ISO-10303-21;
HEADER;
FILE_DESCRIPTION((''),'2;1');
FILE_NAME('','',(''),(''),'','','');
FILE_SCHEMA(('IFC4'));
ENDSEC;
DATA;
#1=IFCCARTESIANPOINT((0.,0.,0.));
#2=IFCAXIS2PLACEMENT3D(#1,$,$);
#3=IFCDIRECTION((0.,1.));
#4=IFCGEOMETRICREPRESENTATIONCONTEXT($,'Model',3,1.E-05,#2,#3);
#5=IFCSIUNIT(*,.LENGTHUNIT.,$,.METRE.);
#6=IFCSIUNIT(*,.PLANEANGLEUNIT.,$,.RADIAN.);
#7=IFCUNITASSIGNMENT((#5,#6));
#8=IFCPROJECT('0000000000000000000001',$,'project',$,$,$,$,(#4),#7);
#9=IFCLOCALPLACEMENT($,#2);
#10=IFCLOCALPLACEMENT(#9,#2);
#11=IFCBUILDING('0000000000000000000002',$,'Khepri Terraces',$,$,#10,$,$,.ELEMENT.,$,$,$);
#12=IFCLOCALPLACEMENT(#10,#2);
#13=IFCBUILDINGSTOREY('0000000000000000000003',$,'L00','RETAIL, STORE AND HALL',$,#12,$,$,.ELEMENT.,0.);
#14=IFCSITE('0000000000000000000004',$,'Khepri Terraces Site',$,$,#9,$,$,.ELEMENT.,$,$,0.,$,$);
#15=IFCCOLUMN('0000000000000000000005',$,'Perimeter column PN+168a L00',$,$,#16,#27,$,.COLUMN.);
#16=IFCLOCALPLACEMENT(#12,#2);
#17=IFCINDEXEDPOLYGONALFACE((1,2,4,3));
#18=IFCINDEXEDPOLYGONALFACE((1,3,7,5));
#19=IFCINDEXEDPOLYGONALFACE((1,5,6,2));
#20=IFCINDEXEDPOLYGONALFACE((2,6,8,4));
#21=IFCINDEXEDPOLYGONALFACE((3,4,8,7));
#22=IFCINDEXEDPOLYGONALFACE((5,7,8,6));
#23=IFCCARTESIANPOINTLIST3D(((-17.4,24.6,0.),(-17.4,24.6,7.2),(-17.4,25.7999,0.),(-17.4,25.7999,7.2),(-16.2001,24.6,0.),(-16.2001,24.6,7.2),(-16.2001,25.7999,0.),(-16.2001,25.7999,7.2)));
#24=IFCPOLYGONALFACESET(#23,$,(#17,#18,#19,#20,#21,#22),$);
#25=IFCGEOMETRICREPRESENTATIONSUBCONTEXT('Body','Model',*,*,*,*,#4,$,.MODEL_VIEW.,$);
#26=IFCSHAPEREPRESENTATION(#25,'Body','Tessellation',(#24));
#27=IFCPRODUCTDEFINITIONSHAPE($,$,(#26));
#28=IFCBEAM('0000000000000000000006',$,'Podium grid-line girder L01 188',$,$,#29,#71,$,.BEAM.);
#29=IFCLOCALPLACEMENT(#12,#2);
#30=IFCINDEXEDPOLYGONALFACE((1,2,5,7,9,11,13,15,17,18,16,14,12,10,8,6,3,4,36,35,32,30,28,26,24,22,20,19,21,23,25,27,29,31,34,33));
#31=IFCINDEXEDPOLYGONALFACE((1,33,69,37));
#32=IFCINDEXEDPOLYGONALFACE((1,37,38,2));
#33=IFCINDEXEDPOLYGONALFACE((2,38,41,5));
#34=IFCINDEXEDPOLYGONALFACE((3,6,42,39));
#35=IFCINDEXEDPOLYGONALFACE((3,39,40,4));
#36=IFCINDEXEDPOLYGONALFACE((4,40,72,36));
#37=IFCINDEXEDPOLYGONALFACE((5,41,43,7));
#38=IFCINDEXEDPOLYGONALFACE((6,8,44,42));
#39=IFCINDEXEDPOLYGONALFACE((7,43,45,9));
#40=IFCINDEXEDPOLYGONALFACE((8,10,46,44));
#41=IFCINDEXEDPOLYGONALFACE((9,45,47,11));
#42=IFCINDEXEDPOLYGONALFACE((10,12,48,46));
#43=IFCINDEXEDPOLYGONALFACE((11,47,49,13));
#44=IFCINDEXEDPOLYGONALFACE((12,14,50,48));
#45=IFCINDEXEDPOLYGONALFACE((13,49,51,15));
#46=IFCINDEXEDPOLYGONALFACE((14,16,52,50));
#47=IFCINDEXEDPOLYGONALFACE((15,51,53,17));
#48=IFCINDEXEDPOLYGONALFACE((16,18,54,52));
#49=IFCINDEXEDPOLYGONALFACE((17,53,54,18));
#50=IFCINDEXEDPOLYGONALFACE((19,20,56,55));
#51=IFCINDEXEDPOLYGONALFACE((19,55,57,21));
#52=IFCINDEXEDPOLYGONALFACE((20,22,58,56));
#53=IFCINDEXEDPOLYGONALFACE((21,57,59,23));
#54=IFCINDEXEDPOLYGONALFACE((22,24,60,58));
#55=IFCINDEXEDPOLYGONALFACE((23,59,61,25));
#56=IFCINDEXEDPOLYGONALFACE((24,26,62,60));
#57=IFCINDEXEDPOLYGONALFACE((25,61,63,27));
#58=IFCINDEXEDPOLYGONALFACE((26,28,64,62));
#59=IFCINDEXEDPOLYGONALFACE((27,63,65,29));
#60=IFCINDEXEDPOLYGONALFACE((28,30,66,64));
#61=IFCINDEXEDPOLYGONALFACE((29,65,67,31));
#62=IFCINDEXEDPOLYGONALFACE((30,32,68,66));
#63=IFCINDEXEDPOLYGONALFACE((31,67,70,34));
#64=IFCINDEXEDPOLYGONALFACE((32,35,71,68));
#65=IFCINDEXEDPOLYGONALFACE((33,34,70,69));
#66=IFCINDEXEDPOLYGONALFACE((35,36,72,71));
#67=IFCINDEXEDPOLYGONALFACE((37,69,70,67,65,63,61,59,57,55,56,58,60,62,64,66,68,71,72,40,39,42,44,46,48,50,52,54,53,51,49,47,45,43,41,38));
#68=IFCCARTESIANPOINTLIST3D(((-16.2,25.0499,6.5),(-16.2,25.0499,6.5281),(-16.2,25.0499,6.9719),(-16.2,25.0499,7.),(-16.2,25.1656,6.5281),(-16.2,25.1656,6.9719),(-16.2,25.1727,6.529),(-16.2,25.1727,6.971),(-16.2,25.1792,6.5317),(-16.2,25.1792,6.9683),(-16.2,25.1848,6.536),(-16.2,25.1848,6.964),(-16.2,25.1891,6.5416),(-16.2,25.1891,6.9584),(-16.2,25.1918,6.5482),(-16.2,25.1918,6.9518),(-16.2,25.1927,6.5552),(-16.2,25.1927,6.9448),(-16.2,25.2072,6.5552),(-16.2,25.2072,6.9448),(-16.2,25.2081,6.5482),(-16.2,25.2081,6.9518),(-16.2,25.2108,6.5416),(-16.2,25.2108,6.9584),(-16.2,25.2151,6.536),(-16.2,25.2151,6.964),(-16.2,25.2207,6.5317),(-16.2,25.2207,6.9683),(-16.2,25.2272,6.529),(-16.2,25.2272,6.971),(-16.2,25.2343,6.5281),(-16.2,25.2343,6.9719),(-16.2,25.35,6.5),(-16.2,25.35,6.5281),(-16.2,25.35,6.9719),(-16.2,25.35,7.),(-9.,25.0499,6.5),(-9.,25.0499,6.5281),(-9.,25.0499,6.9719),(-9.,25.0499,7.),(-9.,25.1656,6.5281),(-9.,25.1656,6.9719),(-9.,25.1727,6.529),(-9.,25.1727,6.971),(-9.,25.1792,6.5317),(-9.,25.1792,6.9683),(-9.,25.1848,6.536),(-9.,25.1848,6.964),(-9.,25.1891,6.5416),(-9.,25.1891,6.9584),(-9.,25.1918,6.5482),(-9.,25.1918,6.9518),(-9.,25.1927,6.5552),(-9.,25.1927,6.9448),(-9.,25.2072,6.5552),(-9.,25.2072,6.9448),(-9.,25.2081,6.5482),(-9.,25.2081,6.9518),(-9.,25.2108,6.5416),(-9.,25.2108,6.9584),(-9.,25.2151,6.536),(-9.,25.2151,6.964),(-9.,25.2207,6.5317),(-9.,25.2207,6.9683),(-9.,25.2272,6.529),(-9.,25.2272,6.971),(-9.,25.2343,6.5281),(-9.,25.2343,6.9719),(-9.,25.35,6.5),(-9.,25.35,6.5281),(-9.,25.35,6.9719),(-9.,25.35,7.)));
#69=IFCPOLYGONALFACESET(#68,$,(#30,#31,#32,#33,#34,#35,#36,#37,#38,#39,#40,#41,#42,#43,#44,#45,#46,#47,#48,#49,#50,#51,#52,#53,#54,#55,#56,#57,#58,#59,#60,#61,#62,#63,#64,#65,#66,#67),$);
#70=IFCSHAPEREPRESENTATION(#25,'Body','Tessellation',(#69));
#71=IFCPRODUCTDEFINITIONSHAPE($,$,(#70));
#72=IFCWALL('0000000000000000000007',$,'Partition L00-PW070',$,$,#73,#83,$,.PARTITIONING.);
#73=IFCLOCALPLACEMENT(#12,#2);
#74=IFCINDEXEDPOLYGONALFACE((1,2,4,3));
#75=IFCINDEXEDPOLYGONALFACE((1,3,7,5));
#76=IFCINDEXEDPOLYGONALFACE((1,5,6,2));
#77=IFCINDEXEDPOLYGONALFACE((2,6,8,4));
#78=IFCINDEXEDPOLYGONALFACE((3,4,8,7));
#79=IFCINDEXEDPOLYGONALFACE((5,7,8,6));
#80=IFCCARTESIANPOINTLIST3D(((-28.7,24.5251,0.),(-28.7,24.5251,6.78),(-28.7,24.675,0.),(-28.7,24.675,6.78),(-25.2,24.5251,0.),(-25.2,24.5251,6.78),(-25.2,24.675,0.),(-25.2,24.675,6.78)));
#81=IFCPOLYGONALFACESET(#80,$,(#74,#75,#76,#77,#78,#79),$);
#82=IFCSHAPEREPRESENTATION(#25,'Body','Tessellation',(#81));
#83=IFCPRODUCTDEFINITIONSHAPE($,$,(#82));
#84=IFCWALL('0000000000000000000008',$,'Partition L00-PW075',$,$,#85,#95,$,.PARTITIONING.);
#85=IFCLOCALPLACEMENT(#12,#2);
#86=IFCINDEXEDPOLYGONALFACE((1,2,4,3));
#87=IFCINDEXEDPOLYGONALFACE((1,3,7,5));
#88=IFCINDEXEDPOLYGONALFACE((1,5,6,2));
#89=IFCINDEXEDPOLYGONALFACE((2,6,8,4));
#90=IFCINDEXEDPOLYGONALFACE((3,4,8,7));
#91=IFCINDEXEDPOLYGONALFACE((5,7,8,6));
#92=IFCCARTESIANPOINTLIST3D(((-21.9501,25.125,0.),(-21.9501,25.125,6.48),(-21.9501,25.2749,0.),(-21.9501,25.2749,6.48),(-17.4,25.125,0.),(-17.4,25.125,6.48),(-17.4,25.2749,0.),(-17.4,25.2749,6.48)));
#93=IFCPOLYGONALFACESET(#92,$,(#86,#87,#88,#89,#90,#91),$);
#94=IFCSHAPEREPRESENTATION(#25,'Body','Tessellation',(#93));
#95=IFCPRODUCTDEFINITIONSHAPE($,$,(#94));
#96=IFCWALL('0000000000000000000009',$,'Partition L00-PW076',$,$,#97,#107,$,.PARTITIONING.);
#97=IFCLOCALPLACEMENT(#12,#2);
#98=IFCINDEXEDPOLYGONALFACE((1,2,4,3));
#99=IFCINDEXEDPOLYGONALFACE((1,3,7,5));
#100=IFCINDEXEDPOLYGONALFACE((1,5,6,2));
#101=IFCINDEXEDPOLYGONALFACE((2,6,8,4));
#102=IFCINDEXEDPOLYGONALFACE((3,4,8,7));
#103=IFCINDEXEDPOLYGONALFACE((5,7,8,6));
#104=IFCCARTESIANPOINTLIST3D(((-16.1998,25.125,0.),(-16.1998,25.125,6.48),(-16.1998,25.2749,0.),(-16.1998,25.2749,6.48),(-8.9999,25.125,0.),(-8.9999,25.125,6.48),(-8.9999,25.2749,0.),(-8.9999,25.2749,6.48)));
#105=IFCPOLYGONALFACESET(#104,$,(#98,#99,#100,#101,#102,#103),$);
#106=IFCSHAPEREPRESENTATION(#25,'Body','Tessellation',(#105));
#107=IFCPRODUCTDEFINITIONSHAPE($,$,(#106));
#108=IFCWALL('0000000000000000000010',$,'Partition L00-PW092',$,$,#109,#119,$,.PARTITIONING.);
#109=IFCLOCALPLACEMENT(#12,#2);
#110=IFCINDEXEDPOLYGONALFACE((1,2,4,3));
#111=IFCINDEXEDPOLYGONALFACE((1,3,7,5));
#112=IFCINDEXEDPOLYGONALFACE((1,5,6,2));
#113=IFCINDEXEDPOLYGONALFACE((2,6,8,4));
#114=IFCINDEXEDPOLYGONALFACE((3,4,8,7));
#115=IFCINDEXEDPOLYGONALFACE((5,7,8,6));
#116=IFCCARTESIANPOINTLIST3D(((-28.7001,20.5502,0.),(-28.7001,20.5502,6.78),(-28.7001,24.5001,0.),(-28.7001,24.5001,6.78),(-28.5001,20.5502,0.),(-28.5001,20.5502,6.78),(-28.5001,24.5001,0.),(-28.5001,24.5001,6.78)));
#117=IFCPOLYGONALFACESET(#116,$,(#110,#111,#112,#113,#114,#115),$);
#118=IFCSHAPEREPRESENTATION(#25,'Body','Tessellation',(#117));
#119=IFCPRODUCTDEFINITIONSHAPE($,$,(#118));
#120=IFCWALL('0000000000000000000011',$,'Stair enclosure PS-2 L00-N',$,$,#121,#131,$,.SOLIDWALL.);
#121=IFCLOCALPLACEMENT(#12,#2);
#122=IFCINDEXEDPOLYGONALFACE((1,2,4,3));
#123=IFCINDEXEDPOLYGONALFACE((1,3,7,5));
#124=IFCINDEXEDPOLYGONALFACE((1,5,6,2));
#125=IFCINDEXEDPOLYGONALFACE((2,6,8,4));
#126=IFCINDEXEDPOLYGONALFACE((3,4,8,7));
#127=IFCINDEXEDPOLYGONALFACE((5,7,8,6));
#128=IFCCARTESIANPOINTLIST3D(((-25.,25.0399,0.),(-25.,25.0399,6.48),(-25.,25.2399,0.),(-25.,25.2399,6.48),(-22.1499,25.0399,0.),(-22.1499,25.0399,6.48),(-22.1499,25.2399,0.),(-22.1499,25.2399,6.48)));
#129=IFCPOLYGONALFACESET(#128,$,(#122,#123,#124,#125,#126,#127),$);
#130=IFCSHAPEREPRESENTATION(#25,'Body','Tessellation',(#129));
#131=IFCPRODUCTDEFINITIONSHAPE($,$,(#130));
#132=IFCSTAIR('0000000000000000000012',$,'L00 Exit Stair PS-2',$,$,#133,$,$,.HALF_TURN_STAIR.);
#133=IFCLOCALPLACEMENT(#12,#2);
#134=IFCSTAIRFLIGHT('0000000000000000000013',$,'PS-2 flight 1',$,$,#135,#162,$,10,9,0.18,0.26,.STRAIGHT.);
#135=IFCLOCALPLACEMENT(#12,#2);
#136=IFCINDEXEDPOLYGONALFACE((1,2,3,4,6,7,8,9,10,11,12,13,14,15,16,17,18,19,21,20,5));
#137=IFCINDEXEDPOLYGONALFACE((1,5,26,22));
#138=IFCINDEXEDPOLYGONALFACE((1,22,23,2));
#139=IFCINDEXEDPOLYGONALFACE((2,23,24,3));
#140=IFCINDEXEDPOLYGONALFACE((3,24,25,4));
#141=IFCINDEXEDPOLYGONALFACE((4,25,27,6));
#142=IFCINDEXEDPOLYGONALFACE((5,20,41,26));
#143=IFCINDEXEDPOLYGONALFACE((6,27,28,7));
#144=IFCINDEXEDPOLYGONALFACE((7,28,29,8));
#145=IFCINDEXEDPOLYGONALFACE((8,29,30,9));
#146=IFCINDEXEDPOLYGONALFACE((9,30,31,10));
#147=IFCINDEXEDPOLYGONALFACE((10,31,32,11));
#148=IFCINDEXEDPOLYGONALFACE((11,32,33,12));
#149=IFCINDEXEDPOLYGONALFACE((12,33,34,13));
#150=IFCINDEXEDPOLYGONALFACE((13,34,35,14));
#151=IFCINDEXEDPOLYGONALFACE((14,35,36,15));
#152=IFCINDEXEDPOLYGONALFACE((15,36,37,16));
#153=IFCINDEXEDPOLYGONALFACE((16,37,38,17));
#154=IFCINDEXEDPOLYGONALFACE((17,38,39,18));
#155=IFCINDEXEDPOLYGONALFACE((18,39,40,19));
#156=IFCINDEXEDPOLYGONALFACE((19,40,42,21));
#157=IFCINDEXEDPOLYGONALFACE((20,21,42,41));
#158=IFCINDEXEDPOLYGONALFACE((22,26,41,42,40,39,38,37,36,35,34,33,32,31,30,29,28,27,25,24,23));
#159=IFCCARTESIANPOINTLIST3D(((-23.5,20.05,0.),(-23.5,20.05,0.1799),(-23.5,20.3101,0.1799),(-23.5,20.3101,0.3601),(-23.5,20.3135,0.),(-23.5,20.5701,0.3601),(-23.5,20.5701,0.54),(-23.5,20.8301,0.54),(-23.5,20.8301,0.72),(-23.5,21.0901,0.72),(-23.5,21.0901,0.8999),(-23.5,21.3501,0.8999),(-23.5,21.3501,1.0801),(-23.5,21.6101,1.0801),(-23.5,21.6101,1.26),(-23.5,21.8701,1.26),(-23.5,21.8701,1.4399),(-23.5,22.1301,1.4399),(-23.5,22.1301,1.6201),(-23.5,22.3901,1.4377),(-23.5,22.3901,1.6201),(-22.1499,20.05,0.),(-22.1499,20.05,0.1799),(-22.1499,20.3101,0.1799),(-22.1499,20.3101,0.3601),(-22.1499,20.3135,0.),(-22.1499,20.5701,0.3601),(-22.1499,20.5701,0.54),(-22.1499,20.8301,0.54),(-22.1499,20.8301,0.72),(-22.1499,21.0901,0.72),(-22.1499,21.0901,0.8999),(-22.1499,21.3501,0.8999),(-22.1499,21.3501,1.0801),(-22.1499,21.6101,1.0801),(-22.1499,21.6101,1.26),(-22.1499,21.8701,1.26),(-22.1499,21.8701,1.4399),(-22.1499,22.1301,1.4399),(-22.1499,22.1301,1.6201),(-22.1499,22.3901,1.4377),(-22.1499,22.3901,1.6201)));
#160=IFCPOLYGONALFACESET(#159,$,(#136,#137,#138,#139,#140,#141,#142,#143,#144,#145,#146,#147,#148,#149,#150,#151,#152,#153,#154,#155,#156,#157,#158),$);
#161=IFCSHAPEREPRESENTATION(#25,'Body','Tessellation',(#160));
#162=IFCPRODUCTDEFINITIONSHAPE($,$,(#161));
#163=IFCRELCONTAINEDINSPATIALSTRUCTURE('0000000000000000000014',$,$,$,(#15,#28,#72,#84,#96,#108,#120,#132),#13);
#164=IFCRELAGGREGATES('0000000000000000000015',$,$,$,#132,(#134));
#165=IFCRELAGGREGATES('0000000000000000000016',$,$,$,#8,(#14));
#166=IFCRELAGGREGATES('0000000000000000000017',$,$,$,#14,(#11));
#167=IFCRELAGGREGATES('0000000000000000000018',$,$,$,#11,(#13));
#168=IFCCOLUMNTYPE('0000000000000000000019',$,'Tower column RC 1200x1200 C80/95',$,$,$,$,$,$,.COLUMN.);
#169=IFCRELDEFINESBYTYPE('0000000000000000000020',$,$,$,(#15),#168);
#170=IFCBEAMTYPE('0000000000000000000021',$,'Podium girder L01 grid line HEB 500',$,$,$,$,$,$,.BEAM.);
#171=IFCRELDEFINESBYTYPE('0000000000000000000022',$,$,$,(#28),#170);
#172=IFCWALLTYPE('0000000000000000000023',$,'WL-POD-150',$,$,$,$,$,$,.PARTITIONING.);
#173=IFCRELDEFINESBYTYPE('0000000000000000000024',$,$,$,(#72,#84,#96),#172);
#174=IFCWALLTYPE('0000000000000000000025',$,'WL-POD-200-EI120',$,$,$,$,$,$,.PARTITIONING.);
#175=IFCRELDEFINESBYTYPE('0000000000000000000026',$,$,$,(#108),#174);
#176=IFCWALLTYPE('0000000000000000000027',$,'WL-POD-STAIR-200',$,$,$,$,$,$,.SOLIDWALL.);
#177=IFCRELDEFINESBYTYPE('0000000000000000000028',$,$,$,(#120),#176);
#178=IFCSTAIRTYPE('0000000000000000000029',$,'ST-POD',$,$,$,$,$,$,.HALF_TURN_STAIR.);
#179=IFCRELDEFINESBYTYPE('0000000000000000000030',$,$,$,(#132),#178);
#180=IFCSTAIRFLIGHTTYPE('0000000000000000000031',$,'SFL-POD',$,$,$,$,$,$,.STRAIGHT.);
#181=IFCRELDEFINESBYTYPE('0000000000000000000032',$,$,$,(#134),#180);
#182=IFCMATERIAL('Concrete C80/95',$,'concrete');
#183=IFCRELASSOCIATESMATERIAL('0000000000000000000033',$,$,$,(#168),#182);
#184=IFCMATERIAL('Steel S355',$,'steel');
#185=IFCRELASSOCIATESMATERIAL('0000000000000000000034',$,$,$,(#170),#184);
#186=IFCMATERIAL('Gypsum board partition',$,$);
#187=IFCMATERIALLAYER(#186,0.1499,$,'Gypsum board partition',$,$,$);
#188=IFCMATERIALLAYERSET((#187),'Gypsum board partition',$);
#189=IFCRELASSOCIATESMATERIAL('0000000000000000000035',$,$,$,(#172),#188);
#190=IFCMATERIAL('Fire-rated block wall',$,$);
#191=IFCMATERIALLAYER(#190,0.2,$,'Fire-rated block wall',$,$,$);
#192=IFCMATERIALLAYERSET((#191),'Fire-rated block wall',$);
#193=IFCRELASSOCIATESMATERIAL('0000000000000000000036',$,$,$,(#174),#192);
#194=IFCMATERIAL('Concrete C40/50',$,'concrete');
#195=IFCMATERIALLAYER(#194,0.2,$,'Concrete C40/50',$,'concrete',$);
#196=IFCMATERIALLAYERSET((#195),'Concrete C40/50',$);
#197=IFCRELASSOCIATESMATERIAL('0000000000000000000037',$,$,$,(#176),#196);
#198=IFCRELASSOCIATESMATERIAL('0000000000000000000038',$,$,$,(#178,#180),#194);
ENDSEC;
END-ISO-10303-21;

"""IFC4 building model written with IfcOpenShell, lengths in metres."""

from ifc_helpers import new_model, si_unit, direction, frame, frame_2d, origin, origin_2d, place, context, subcontext, project, spatial, polyline, rectangle, i_section, outline, extrude, material, layer, layer_set, material_profile, profile_set, type_object, element, aggregate, save


model = new_model("IFC4")

# Units and contexts
model_context = context("Model", 3, precision=1e-05, world=origin(), true_north=direction((0.0, 1.0)))
body_context = subcontext(model_context, "Body", "Model", "MODEL_VIEW")
ifc_project = project(units=[si_unit("LENGTHUNIT", "METRE"), si_unit("PLANEANGLEUNIT", "RADIAN")], contexts=[model_context])

# Site, building, storey
site_placement = place(None, origin())
site = spatial("IfcSite", under=ifc_project, at=site_placement, Name="Khepri Terraces Site", CompositionType="ELEMENT", RefElevation=0.0)
building_placement = place(site_placement, origin())
building = spatial("IfcBuilding", under=site, at=building_placement, Name="Khepri Terraces", CompositionType="ELEMENT")
storey_placement = place(building_placement, origin())
storey = spatial("IfcBuildingStorey", under=building, at=storey_placement, Name="L00", Description="RETAIL, STORE AND HALL", CompositionType="ELEMENT", Elevation=0.0)

# Column
ifc_material_1 = material(Name="Concrete C80/95", Category="concrete")
ifc_material_profile_1 = material_profile(ifc_material_1, rectangle(XDim=1.2, YDim=1.2, at=origin_2d()), Name="Concrete C80/95", Category="concrete")
ifc_profile_set_1 = profile_set([ifc_material_profile_1], Name="Concrete C80/95")
column_type = type_object("IfcColumnType", Name="Tower column RC 1200x1200 C80/95", PredefinedType="COLUMN", material=ifc_profile_set_1)
column_placement = place(storey_placement, frame((-16.8, 25.2, 0.0), z_axis=(0.0, 0.0, 1.0), x_axis=(1.0, 0.0, 0.0)))
element("IfcColumn", 1, at=column_placement, inside=storey, type_object=column_type, Name="Perimeter column PN+168a L00", PredefinedType="COLUMN", context=body_context, shape_type="SweptSolid", body=[
    extrude(rectangle(XDim=1.2, YDim=1.2, at=origin_2d()), origin(), (0.0, 0.0, 1.0), 7.2),
])

# Beam
ifc_material_2 = material(Name="Steel S355", Category="steel")
ifc_material_profile_2 = material_profile(ifc_material_2, i_section(OverallWidth=0.3, OverallDepth=0.5, WebThickness=0.0144, FlangeThickness=0.0281, FilletRadius=0.0271, at=origin_2d()), Name="Steel S355", Category="steel")
ifc_profile_set_2 = profile_set([ifc_material_profile_2], Name="Steel S355")
beam_type = type_object("IfcBeamType", Name="Podium girder L01 grid line HEB 500", PredefinedType="BEAM", material=ifc_profile_set_2)
beam_placement = place(storey_placement, frame((-16.2, 25.2, 6.75), z_axis=(1.0, 0.0, 0.0), x_axis=(0.0, 1.0, 0.0)))
element("IfcBeam", 2, at=beam_placement, inside=storey, type_object=beam_type, Name="Podium grid-line girder L01 188", PredefinedType="BEAM", context=body_context, shape_type="SweptSolid", body=[
    extrude(i_section(OverallWidth=0.3, OverallDepth=0.5, WebThickness=0.0144, FlangeThickness=0.0281, FilletRadius=0.0271, at=origin_2d()), origin(), (0.0, 0.0, 1.0), 7.2),
])

# Walls
ifc_material_3 = material(Name="Gypsum board partition")
ifc_layer_1 = layer(ifc_material_3, 0.1499, Name="Gypsum board partition")
ifc_layer_set_1 = layer_set([ifc_layer_1], Name="Gypsum board partition")
wall_type_1 = type_object("IfcWallType", Name="WL-POD-150", PredefinedType="PARTITIONING", material=ifc_layer_set_1)
wall_1_placement = place(storey_placement, frame((-28.7, 24.6001, 0.0), z_axis=(0.0, 0.0, 1.0), x_axis=(1.0, 0.0, 0.0)))
element("IfcWall", 3, at=wall_1_placement, inside=storey, type_object=wall_type_1, Name="Partition L00-PW070", PredefinedType="PARTITIONING", context=body_context, shape_type="SweptSolid", body=[
    extrude(rectangle(XDim=3.5, YDim=0.1499, at=frame_2d((1.75, 0.0))), origin(), (0.0, 0.0, 1.0), 6.78),
])
wall_2_placement = place(storey_placement, frame((-21.95, 25.2, 0.0), z_axis=(0.0, 0.0, 1.0), x_axis=(1.0, 0.0, 0.0)))
element("IfcWall", 4, at=wall_2_placement, inside=storey, type_object=wall_type_1, Name="Partition L00-PW075", PredefinedType="PARTITIONING", context=body_context, shape_type="SweptSolid", body=[
    extrude(rectangle(XDim=4.55, YDim=0.1499, at=frame_2d((2.2749, 0.0))), origin(), (0.0, 0.0, 1.0), 6.48),
])
wall_3_placement = place(storey_placement, frame((-16.2, 25.2, 0.0), z_axis=(0.0, 0.0, 1.0), x_axis=(1.0, 0.0, 0.0)))
element("IfcWall", 5, at=wall_3_placement, inside=storey, type_object=wall_type_1, Name="Partition L00-PW076", PredefinedType="PARTITIONING", context=body_context, shape_type="SweptSolid", body=[
    extrude(rectangle(XDim=7.2, YDim=0.1499, at=frame_2d((3.6001, 0.0))), origin(), (0.0, 0.0, 1.0), 6.48),
])
ifc_material_4 = material(Name="Fire-rated block wall")
ifc_layer_2 = layer(ifc_material_4, 0.2, Name="Fire-rated block wall")
ifc_layer_set_2 = layer_set([ifc_layer_2], Name="Fire-rated block wall")
wall_type_2 = type_object("IfcWallType", Name="WL-POD-200-EI120", PredefinedType="PARTITIONING", material=ifc_layer_set_2)
wall_4_placement = place(storey_placement, frame((-28.6001, 20.55, 0.0), z_axis=(0.0, 0.0, 1.0), x_axis=(0.0, 1.0, 0.0)))
element("IfcWall", 6, at=wall_4_placement, inside=storey, type_object=wall_type_2, Name="Partition L00-PW092", PredefinedType="PARTITIONING", context=body_context, shape_type="SweptSolid", body=[
    extrude(rectangle(XDim=3.95, YDim=0.2, at=frame_2d((1.9751, 0.0))), origin(), (0.0, 0.0, 1.0), 6.78),
])
ifc_material_5 = material(Name="Concrete C40/50", Category="concrete")
ifc_layer_3 = layer(ifc_material_5, 0.2, Name="Concrete C40/50", Category="concrete")
ifc_layer_set_3 = layer_set([ifc_layer_3], Name="Concrete C40/50")
wall_type_3 = type_object("IfcWallType", Name="WL-POD-STAIR-200", PredefinedType="SOLIDWALL", material=ifc_layer_set_3)
wall_5_placement = place(storey_placement, frame((-25.0, 25.1399, 0.0), z_axis=(0.0, 0.0, 1.0), x_axis=(1.0, 0.0, 0.0)))
element("IfcWall", 7, at=wall_5_placement, inside=storey, type_object=wall_type_3, Name="Stair enclosure PS-2 L00-N", PredefinedType="SOLIDWALL", context=body_context, shape_type="SweptSolid", body=[
    extrude(rectangle(XDim=2.8501, YDim=0.2, at=frame_2d((1.425, 0.0))), origin(), (0.0, 0.0, 1.0), 6.48),
])

# Stair, stair flight
stair_type = type_object("IfcStairType", Name="ST-POD", PredefinedType="HALF_TURN_STAIR", material=ifc_material_5)
stair_placement = place(storey_placement, origin())
stair = element("IfcStair", 8, at=stair_placement, inside=storey, type_object=stair_type, Name="L00 Exit Stair PS-2", PredefinedType="HALF_TURN_STAIR")
stair_flight_type = type_object("IfcStairFlightType", Name="SFL-POD", PredefinedType="STRAIGHT", material=ifc_material_5)
stair_flight_1_placement = place(storey_placement, frame((-22.825, 20.05, 0.0), z_axis=(0.0, 0.0, 1.0), x_axis=(0.0, 1.0, 0.0)))
stair_flight_1 = element("IfcStairFlight", 9, at=stair_flight_1_placement, type_object=stair_flight_type, Name="PS-2 flight 1", NumberOfRisers=10, NumberOfTreads=9, PredefinedType="STRAIGHT", RiserHeight=0.18, TreadLength=0.26, context=body_context, shape_type="SweptSolid", body=[
    extrude(outline(polyline([(0.0, 0.0), (0.0, 0.1799), (0.26, 0.1799), (0.26, 0.3601), (0.52, 0.3601), (0.52, 0.54), (0.78, 0.54), (0.78, 0.72), (1.04, 0.72), (1.04, 0.8999), (1.3, 0.8999), (1.3, 1.0801), (1.5601, 1.0801), (1.5601, 1.26), (1.8201, 1.26), (1.8201, 1.4399), (2.0801, 1.4399), (2.0801, 1.6201), (2.3401, 1.6201), (2.3401, 1.8), (2.3401, 1.4377), (0.2634, 0.0), (0.0, 0.0)])), frame((0.0, 0.675, 0.0), z_axis=(0.0, -1.0, 0.0), x_axis=(1.0, 0.0, 0.0)), (0.0, 0.0, 1.0), 1.3501),
])
aggregate(stair, [stair_flight_1])

save(model, "model.ifc")
